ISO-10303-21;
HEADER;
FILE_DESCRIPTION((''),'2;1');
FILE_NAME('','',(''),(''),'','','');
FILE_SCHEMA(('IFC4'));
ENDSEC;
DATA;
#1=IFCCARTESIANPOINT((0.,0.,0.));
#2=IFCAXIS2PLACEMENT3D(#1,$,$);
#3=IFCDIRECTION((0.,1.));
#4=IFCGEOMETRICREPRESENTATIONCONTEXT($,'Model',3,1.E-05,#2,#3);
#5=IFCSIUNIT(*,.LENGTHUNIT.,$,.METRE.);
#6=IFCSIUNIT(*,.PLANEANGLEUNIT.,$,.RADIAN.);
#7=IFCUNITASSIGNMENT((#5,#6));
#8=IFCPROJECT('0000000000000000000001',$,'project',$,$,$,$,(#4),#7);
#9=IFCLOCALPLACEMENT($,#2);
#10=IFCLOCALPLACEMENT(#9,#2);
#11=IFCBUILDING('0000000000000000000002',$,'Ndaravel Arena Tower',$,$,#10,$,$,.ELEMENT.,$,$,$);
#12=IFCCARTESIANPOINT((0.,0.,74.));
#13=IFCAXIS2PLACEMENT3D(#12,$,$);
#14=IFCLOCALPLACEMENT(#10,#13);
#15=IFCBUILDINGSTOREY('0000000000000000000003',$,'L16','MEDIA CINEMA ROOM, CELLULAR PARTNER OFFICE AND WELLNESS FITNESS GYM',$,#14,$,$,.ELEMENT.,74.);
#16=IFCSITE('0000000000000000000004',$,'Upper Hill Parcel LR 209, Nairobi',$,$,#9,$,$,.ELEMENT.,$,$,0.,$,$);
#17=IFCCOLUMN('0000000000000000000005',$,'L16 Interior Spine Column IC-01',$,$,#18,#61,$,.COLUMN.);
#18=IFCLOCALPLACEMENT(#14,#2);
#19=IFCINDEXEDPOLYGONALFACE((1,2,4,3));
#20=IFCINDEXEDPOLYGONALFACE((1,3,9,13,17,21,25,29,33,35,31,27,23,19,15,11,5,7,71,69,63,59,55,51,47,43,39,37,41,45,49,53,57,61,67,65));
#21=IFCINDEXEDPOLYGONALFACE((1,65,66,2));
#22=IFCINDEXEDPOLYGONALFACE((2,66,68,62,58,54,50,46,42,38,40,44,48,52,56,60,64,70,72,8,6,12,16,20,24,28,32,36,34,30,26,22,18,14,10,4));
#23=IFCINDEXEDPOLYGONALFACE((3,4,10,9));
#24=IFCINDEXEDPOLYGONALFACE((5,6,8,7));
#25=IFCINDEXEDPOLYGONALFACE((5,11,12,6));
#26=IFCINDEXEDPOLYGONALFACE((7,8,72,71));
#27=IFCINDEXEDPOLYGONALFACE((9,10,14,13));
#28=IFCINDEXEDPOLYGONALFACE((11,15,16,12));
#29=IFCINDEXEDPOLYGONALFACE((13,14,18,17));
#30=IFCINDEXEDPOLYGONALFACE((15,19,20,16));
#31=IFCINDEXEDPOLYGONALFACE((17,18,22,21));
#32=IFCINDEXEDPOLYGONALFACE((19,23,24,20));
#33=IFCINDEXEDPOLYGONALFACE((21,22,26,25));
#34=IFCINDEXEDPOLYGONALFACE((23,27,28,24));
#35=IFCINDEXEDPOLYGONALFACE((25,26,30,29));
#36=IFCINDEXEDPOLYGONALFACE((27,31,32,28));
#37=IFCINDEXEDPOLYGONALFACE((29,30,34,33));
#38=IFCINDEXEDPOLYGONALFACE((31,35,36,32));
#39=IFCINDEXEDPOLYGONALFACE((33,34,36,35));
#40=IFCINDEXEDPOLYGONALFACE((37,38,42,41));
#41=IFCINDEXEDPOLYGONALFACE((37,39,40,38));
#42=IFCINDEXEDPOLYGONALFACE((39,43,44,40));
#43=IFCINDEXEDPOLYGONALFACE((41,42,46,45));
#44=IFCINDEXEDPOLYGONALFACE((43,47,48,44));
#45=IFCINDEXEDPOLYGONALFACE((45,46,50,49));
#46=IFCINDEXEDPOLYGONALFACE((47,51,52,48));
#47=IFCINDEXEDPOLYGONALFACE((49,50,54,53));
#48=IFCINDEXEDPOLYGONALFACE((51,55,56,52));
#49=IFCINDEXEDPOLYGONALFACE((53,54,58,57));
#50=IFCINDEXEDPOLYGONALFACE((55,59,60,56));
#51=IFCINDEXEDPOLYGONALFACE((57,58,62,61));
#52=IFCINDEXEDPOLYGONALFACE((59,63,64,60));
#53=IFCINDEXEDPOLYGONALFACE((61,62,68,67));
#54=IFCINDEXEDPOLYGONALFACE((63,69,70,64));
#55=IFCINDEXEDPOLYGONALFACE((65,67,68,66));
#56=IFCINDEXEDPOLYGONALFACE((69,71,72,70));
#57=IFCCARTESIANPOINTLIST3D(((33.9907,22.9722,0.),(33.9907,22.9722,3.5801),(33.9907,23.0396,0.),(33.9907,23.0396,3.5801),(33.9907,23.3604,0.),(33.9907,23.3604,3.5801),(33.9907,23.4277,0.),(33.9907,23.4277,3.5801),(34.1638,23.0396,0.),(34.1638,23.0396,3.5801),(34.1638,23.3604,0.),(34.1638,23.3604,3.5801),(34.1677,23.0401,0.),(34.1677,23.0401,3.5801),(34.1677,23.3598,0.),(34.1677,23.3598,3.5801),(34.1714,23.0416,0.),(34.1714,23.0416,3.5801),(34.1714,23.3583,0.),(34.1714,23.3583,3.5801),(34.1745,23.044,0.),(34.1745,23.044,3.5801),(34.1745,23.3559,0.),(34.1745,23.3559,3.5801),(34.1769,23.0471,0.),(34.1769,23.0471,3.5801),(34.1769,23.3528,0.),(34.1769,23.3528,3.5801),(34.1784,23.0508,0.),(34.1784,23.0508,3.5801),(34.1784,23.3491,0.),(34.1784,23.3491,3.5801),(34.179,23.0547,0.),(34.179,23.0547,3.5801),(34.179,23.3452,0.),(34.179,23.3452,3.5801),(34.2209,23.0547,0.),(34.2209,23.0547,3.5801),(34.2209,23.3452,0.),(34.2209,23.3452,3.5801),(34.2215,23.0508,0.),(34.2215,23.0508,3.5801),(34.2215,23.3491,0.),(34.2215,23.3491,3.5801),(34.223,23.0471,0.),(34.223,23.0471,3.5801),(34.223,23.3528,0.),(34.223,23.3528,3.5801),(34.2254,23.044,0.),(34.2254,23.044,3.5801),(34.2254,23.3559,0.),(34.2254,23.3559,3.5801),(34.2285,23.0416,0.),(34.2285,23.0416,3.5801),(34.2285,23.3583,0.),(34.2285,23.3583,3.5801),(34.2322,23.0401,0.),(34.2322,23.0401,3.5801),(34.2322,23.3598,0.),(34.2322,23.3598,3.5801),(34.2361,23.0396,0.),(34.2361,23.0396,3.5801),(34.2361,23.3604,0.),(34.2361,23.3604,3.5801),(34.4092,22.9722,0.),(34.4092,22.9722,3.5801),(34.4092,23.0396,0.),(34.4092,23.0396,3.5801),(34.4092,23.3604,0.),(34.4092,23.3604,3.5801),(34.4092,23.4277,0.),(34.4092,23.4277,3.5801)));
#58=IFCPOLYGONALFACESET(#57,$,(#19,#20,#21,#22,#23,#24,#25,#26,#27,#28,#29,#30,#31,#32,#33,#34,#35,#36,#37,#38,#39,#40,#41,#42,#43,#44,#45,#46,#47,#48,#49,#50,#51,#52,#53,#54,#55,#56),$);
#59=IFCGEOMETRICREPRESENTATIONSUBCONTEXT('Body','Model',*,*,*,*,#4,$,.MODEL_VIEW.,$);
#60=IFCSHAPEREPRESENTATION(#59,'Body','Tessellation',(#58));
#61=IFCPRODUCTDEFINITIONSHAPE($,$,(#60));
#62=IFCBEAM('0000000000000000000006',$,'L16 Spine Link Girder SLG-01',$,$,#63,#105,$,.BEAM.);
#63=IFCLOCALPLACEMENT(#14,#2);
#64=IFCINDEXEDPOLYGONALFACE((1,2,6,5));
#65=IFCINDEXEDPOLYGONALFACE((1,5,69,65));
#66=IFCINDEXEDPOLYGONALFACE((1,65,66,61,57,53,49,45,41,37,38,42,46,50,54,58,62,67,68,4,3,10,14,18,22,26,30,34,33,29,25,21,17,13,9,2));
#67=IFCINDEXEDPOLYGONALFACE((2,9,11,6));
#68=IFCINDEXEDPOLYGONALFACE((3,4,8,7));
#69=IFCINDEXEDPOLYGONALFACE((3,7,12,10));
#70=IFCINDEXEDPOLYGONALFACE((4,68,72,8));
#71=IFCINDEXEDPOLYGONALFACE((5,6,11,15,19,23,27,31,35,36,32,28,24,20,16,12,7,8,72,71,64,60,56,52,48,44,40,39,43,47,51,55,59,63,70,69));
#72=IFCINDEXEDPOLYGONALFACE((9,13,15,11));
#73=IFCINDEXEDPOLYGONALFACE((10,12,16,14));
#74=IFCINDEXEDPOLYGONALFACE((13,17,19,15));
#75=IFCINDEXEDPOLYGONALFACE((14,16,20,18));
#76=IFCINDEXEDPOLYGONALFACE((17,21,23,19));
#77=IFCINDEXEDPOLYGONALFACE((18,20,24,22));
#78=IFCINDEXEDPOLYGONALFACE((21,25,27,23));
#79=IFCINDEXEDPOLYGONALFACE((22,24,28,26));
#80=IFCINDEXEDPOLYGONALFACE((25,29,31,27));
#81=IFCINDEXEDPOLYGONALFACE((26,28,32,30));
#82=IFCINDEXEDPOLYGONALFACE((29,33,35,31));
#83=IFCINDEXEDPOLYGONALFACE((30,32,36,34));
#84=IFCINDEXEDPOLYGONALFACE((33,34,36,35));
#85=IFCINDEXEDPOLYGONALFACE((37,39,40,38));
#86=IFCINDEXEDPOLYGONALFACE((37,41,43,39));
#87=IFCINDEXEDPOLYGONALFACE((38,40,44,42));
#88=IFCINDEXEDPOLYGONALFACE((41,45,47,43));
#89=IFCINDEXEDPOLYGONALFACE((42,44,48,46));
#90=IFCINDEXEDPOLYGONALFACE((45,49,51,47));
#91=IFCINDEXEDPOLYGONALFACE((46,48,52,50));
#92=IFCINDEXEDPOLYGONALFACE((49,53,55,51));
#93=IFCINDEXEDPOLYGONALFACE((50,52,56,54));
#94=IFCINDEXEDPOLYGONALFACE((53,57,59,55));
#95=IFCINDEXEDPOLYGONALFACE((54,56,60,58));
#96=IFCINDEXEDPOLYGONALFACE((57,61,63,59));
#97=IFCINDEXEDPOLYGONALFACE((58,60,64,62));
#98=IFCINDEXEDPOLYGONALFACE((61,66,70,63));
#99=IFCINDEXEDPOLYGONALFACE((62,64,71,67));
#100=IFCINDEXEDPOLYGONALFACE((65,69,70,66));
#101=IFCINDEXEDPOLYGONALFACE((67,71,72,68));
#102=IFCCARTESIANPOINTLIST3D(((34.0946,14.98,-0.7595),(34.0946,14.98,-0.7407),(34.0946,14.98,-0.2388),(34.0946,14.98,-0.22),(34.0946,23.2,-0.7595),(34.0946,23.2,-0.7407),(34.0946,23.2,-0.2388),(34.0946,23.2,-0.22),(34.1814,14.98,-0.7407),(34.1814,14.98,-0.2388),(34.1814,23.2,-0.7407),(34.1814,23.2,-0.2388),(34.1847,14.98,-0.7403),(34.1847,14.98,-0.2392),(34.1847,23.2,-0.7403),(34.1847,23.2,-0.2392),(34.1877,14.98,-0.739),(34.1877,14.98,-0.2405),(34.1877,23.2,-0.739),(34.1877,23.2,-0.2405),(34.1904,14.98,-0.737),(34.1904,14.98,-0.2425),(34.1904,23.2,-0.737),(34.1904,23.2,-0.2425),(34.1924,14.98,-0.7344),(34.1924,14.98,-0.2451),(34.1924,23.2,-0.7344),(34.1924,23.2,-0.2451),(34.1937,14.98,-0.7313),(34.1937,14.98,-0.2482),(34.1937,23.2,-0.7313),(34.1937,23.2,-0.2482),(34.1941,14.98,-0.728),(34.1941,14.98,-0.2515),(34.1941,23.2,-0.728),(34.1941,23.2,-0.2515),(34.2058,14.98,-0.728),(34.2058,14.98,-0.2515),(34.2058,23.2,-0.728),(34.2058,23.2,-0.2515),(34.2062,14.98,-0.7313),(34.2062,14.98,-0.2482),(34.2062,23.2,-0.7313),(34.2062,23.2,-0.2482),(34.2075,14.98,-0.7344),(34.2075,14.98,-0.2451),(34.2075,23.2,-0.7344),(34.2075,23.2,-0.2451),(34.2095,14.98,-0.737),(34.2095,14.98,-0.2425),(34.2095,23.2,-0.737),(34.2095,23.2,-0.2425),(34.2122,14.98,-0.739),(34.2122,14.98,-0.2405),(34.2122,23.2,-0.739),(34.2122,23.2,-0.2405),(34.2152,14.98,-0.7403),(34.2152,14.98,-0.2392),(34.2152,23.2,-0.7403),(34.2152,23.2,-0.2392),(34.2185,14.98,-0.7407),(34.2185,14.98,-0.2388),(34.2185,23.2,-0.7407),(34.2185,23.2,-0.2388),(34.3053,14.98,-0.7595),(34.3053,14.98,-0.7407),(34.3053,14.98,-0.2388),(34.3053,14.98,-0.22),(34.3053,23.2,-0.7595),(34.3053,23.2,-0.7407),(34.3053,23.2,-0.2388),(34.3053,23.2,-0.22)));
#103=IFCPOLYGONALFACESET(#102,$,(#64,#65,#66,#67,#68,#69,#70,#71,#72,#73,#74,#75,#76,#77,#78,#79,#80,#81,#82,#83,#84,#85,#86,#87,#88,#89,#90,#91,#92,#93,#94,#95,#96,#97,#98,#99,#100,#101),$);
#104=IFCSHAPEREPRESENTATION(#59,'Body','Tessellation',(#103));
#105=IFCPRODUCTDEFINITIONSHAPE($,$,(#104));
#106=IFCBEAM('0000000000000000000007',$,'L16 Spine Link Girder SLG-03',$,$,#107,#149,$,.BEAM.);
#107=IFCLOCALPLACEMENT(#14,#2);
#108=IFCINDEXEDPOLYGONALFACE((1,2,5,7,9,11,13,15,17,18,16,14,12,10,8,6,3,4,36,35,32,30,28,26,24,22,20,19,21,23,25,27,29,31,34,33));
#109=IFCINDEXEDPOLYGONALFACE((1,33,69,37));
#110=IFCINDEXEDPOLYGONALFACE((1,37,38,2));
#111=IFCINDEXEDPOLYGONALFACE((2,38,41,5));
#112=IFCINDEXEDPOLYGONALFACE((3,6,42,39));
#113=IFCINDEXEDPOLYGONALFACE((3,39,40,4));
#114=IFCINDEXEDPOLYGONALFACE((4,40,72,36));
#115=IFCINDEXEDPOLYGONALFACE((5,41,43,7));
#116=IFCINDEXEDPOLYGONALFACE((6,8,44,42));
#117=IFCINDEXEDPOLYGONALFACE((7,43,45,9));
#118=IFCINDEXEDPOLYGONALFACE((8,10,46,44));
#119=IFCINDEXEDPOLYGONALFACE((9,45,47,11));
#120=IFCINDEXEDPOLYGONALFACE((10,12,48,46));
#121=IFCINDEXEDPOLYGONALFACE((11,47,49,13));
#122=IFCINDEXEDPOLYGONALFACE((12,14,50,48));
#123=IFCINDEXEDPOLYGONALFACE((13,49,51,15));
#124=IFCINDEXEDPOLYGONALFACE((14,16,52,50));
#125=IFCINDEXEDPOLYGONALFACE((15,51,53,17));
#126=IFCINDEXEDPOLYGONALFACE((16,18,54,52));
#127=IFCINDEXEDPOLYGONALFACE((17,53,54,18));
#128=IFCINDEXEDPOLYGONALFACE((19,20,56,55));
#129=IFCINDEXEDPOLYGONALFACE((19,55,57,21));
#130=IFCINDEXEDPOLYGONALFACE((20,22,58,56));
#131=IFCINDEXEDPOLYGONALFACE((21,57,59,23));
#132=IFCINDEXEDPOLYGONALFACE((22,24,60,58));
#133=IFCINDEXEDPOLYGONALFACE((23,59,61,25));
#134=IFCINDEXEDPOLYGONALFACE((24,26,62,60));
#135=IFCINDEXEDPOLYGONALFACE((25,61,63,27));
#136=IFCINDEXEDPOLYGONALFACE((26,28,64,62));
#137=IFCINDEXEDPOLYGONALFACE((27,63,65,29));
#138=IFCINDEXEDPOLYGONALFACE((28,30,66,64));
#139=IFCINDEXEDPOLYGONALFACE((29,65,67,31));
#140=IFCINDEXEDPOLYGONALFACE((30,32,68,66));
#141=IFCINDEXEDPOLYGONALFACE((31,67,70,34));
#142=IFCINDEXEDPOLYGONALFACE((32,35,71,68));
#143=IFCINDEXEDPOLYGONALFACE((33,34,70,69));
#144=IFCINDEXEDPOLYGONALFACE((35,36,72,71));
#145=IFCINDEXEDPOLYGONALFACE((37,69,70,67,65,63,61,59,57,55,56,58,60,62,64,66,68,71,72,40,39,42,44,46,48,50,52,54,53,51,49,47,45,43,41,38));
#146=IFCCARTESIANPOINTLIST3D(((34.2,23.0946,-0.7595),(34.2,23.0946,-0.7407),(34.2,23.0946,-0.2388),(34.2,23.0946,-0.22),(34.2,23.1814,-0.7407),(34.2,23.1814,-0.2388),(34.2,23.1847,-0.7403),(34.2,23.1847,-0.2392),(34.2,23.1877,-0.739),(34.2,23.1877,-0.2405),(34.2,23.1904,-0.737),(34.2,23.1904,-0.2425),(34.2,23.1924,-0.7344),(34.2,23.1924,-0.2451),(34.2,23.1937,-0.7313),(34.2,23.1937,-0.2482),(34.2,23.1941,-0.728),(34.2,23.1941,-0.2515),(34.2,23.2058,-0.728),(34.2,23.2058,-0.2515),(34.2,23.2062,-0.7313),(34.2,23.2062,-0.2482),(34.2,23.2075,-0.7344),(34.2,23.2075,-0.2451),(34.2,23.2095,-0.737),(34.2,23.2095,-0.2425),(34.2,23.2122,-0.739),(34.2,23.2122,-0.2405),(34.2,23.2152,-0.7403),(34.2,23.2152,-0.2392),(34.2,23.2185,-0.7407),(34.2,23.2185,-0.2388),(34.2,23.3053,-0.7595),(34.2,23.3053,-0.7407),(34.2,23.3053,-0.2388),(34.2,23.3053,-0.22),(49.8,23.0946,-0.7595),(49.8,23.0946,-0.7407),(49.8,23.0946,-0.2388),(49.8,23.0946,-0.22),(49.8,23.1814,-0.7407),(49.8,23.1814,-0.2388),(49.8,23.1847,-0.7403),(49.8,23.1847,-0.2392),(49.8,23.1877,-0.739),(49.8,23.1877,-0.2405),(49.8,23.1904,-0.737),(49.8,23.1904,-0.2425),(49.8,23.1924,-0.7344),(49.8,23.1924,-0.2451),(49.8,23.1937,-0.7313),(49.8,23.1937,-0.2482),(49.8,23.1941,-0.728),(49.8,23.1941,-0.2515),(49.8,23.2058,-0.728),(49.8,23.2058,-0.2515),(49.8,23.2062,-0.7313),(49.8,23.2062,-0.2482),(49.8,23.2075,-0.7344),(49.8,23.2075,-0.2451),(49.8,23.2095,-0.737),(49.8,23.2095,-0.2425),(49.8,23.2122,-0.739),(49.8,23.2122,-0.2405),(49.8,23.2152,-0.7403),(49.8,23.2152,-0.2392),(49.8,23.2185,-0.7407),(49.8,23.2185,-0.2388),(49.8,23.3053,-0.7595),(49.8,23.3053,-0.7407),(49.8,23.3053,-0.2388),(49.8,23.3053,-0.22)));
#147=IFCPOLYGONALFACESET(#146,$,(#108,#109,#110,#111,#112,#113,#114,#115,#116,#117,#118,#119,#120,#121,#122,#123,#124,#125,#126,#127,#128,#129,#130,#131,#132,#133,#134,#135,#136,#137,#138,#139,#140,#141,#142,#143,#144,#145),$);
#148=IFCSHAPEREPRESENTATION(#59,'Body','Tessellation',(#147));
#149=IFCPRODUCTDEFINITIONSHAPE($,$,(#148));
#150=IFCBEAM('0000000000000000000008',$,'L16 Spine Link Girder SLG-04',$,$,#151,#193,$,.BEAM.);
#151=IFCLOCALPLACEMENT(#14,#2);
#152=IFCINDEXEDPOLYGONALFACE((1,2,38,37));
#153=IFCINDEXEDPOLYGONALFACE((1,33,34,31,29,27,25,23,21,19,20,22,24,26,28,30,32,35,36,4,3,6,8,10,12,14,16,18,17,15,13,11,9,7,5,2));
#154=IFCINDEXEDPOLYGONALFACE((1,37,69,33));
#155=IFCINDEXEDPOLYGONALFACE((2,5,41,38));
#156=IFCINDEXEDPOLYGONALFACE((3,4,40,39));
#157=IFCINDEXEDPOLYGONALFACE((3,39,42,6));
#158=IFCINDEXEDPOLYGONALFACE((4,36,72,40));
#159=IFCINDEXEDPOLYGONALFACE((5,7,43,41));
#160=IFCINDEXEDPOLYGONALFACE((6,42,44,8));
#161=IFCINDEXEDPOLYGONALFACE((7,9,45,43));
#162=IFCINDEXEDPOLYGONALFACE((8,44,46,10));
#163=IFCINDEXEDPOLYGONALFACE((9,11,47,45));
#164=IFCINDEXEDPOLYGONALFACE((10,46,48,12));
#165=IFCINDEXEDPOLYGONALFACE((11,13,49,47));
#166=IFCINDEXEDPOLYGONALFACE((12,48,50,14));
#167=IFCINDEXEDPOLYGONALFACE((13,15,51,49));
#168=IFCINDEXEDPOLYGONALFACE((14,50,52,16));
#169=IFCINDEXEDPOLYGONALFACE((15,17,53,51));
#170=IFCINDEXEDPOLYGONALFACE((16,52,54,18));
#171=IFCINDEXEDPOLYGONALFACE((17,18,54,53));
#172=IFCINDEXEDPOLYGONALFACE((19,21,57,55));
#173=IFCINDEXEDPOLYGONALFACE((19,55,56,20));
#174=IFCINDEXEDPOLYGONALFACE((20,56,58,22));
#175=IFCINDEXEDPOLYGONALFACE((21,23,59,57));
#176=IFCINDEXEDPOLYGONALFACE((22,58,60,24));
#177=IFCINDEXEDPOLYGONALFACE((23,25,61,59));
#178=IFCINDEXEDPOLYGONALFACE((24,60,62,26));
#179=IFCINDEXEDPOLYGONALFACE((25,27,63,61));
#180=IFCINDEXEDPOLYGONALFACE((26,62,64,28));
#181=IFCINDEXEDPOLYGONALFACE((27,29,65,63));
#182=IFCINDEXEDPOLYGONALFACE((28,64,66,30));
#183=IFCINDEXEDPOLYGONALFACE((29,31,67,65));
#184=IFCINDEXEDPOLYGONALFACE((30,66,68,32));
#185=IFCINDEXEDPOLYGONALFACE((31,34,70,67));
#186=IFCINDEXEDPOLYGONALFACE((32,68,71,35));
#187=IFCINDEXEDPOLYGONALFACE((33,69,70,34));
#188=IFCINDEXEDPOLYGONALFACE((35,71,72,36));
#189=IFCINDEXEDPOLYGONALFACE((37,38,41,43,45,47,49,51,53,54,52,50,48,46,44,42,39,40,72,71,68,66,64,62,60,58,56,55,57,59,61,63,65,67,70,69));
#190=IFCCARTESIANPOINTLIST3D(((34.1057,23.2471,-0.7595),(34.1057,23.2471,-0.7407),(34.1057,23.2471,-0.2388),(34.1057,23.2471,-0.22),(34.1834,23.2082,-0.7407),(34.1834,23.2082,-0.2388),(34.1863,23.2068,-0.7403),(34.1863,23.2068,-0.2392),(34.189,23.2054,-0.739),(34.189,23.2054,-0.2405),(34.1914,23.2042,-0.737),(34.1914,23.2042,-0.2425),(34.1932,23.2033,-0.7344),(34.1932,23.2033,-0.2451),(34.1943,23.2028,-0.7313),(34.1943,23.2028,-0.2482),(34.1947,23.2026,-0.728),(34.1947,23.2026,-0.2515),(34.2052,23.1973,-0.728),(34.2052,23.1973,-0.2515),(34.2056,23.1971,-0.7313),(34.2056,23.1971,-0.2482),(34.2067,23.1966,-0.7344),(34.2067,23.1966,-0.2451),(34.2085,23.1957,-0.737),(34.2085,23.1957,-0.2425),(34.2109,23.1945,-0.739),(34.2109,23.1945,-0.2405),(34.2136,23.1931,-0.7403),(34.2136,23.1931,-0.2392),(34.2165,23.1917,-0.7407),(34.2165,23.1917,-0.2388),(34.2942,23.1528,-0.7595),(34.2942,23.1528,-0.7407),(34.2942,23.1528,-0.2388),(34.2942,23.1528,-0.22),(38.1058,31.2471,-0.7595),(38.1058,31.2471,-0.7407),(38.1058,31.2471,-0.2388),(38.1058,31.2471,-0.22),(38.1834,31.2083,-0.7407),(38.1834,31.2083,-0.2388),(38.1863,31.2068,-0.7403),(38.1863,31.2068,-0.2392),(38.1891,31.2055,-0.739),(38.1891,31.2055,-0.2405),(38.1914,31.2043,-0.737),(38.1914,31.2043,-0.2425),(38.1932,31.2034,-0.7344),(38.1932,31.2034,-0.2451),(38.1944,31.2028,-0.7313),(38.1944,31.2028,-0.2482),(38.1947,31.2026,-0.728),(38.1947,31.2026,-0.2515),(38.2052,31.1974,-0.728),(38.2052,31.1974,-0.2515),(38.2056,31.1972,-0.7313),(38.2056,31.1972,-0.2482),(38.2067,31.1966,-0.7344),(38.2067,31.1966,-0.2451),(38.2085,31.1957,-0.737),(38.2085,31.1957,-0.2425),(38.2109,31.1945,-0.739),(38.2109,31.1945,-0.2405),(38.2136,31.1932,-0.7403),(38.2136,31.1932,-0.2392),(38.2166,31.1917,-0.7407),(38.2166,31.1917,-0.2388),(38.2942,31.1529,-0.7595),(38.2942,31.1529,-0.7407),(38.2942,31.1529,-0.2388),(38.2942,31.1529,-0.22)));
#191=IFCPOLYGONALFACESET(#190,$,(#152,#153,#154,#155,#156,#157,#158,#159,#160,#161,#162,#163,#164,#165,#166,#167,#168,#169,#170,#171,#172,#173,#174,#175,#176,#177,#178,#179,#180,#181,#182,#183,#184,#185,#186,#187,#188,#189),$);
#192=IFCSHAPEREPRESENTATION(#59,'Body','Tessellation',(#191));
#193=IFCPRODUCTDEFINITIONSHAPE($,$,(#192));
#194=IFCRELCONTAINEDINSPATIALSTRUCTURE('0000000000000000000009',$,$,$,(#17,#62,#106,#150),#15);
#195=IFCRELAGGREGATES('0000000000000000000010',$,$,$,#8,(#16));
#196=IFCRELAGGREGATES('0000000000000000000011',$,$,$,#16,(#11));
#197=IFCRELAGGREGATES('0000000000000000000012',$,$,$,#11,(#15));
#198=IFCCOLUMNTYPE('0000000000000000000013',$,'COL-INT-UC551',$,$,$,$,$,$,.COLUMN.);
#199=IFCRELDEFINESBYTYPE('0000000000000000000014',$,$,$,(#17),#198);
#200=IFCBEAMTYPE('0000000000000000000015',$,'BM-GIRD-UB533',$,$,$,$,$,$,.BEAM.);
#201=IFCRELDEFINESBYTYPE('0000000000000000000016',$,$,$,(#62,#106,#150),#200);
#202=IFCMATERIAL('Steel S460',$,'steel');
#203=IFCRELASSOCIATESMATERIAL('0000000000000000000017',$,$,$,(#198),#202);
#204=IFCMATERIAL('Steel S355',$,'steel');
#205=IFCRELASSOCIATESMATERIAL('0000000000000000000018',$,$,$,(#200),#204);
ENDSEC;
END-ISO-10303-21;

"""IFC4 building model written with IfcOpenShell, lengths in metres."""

from ifc_helpers import new_model, si_unit, direction, frame, origin, origin_2d, place, context, subcontext, project, spatial, i_section, extrude, material, material_profile, profile_set, type_object, element, save


model = new_model("IFC4")

# Units and contexts
model_context = context("Model", 3, precision=1e-05, world=origin(), true_north=direction((0.0, 1.0)))
body_context = subcontext(model_context, "Body", "Model", "MODEL_VIEW")
ifc_project = project(units=[si_unit("LENGTHUNIT", "METRE"), si_unit("PLANEANGLEUNIT", "RADIAN")], contexts=[model_context])

# Site, building, storey
site_placement = place(None, origin())
site = spatial("IfcSite", under=ifc_project, at=site_placement, Name="Upper Hill Parcel LR 209, Nairobi", CompositionType="ELEMENT", RefElevation=0.0)
building_placement = place(site_placement, origin())
building = spatial("IfcBuilding", under=site, at=building_placement, Name="Ndaravel Arena Tower", CompositionType="ELEMENT")
storey_placement = place(building_placement, frame((0.0, 0.0, 74.0)))
storey = spatial("IfcBuildingStorey", under=building, at=storey_placement, Name="L16", Description="MEDIA CINEMA ROOM, CELLULAR PARTNER OFFICE AND WELLNESS FITNESS GYM", CompositionType="ELEMENT", Elevation=74.0)

# Column
ifc_material_1 = material(Name="Steel S460", Category="steel")
ifc_material_profile_1 = material_profile(ifc_material_1, i_section(OverallWidth=0.4185, OverallDepth=0.4556, WebThickness=0.042, FlangeThickness=0.0674, FilletRadius=0.0151, at=origin_2d()), Name="UC 356x406x551")
ifc_profile_set_1 = profile_set([ifc_material_profile_1], Name="Steel S460")
column_type = type_object("IfcColumnType", Name="COL-INT-UC551", PredefinedType="COLUMN", material=ifc_profile_set_1)
column_placement = place(storey_placement, frame((34.2, 23.2, 0.0), z_axis=(0.0, 0.0, 1.0), x_axis=(1.0, 0.0, 0.0)))
element("IfcColumn", 1, at=column_placement, inside=storey, type_object=column_type, Name="L16 Interior Spine Column IC-01", PredefinedType="COLUMN", context=body_context, shape_type="SweptSolid", body=[
    extrude(i_section(OverallWidth=0.4185, OverallDepth=0.4556, WebThickness=0.042, FlangeThickness=0.0674, FilletRadius=0.0151, at=origin_2d()), origin(), (0.0, 0.0, 1.0), 3.5801),
])

# Beams
ifc_material_2 = material(Name="Steel S355", Category="steel")
ifc_material_profile_2 = material_profile(ifc_material_2, i_section(OverallWidth=0.2107, OverallDepth=0.5396, WebThickness=0.0117, FlangeThickness=0.0188, FilletRadius=0.0127, at=origin_2d()), Name="UB 533x210x109")
ifc_profile_set_2 = profile_set([ifc_material_profile_2], Name="Steel S355")
beam_type = type_object("IfcBeamType", Name="BM-GIRD-UB533", PredefinedType="BEAM", material=ifc_profile_set_2)
beam_1_placement = place(storey_placement, frame((34.2, 14.98, -0.4897), z_axis=(0.0, 1.0, 0.0), x_axis=(-1.0, 0.0, 0.0)))
element("IfcBeam", 2, at=beam_1_placement, inside=storey, type_object=beam_type, Name="L16 Spine Link Girder SLG-01", PredefinedType="BEAM", context=body_context, shape_type="SweptSolid", body=[
    extrude(i_section(OverallWidth=0.2107, OverallDepth=0.5396, WebThickness=0.0117, FlangeThickness=0.0188, FilletRadius=0.0127, at=origin_2d()), origin(), (0.0, 0.0, 1.0), 8.22),
])
beam_2_placement = place(storey_placement, frame((34.2, 23.2, -0.4897), z_axis=(1.0, 0.0, 0.0), x_axis=(0.0, 1.0, 0.0)))
element("IfcBeam", 3, at=beam_2_placement, inside=storey, type_object=beam_type, Name="L16 Spine Link Girder SLG-03", PredefinedType="BEAM", context=body_context, shape_type="SweptSolid", body=[
    extrude(i_section(OverallWidth=0.2107, OverallDepth=0.5396, WebThickness=0.0117, FlangeThickness=0.0188, FilletRadius=0.0127, at=origin_2d()), origin(), (0.0, 0.0, 1.0), 15.6001),
])
beam_3_placement = place(storey_placement, frame((34.2, 23.2, -0.4897), z_axis=(0.447214, 0.894427, 0.0), x_axis=(-0.894427, 0.447214, 0.0)))
element("IfcBeam", 4, at=beam_3_placement, inside=storey, type_object=beam_type, Name="L16 Spine Link Girder SLG-04", PredefinedType="BEAM", context=body_context, shape_type="SweptSolid", body=[
    extrude(i_section(OverallWidth=0.2107, OverallDepth=0.5396, WebThickness=0.0117, FlangeThickness=0.0188, FilletRadius=0.0127, at=origin_2d()), origin(), (0.0, 0.0, 1.0), 8.9443),
])

save(model, "model.ifc")
